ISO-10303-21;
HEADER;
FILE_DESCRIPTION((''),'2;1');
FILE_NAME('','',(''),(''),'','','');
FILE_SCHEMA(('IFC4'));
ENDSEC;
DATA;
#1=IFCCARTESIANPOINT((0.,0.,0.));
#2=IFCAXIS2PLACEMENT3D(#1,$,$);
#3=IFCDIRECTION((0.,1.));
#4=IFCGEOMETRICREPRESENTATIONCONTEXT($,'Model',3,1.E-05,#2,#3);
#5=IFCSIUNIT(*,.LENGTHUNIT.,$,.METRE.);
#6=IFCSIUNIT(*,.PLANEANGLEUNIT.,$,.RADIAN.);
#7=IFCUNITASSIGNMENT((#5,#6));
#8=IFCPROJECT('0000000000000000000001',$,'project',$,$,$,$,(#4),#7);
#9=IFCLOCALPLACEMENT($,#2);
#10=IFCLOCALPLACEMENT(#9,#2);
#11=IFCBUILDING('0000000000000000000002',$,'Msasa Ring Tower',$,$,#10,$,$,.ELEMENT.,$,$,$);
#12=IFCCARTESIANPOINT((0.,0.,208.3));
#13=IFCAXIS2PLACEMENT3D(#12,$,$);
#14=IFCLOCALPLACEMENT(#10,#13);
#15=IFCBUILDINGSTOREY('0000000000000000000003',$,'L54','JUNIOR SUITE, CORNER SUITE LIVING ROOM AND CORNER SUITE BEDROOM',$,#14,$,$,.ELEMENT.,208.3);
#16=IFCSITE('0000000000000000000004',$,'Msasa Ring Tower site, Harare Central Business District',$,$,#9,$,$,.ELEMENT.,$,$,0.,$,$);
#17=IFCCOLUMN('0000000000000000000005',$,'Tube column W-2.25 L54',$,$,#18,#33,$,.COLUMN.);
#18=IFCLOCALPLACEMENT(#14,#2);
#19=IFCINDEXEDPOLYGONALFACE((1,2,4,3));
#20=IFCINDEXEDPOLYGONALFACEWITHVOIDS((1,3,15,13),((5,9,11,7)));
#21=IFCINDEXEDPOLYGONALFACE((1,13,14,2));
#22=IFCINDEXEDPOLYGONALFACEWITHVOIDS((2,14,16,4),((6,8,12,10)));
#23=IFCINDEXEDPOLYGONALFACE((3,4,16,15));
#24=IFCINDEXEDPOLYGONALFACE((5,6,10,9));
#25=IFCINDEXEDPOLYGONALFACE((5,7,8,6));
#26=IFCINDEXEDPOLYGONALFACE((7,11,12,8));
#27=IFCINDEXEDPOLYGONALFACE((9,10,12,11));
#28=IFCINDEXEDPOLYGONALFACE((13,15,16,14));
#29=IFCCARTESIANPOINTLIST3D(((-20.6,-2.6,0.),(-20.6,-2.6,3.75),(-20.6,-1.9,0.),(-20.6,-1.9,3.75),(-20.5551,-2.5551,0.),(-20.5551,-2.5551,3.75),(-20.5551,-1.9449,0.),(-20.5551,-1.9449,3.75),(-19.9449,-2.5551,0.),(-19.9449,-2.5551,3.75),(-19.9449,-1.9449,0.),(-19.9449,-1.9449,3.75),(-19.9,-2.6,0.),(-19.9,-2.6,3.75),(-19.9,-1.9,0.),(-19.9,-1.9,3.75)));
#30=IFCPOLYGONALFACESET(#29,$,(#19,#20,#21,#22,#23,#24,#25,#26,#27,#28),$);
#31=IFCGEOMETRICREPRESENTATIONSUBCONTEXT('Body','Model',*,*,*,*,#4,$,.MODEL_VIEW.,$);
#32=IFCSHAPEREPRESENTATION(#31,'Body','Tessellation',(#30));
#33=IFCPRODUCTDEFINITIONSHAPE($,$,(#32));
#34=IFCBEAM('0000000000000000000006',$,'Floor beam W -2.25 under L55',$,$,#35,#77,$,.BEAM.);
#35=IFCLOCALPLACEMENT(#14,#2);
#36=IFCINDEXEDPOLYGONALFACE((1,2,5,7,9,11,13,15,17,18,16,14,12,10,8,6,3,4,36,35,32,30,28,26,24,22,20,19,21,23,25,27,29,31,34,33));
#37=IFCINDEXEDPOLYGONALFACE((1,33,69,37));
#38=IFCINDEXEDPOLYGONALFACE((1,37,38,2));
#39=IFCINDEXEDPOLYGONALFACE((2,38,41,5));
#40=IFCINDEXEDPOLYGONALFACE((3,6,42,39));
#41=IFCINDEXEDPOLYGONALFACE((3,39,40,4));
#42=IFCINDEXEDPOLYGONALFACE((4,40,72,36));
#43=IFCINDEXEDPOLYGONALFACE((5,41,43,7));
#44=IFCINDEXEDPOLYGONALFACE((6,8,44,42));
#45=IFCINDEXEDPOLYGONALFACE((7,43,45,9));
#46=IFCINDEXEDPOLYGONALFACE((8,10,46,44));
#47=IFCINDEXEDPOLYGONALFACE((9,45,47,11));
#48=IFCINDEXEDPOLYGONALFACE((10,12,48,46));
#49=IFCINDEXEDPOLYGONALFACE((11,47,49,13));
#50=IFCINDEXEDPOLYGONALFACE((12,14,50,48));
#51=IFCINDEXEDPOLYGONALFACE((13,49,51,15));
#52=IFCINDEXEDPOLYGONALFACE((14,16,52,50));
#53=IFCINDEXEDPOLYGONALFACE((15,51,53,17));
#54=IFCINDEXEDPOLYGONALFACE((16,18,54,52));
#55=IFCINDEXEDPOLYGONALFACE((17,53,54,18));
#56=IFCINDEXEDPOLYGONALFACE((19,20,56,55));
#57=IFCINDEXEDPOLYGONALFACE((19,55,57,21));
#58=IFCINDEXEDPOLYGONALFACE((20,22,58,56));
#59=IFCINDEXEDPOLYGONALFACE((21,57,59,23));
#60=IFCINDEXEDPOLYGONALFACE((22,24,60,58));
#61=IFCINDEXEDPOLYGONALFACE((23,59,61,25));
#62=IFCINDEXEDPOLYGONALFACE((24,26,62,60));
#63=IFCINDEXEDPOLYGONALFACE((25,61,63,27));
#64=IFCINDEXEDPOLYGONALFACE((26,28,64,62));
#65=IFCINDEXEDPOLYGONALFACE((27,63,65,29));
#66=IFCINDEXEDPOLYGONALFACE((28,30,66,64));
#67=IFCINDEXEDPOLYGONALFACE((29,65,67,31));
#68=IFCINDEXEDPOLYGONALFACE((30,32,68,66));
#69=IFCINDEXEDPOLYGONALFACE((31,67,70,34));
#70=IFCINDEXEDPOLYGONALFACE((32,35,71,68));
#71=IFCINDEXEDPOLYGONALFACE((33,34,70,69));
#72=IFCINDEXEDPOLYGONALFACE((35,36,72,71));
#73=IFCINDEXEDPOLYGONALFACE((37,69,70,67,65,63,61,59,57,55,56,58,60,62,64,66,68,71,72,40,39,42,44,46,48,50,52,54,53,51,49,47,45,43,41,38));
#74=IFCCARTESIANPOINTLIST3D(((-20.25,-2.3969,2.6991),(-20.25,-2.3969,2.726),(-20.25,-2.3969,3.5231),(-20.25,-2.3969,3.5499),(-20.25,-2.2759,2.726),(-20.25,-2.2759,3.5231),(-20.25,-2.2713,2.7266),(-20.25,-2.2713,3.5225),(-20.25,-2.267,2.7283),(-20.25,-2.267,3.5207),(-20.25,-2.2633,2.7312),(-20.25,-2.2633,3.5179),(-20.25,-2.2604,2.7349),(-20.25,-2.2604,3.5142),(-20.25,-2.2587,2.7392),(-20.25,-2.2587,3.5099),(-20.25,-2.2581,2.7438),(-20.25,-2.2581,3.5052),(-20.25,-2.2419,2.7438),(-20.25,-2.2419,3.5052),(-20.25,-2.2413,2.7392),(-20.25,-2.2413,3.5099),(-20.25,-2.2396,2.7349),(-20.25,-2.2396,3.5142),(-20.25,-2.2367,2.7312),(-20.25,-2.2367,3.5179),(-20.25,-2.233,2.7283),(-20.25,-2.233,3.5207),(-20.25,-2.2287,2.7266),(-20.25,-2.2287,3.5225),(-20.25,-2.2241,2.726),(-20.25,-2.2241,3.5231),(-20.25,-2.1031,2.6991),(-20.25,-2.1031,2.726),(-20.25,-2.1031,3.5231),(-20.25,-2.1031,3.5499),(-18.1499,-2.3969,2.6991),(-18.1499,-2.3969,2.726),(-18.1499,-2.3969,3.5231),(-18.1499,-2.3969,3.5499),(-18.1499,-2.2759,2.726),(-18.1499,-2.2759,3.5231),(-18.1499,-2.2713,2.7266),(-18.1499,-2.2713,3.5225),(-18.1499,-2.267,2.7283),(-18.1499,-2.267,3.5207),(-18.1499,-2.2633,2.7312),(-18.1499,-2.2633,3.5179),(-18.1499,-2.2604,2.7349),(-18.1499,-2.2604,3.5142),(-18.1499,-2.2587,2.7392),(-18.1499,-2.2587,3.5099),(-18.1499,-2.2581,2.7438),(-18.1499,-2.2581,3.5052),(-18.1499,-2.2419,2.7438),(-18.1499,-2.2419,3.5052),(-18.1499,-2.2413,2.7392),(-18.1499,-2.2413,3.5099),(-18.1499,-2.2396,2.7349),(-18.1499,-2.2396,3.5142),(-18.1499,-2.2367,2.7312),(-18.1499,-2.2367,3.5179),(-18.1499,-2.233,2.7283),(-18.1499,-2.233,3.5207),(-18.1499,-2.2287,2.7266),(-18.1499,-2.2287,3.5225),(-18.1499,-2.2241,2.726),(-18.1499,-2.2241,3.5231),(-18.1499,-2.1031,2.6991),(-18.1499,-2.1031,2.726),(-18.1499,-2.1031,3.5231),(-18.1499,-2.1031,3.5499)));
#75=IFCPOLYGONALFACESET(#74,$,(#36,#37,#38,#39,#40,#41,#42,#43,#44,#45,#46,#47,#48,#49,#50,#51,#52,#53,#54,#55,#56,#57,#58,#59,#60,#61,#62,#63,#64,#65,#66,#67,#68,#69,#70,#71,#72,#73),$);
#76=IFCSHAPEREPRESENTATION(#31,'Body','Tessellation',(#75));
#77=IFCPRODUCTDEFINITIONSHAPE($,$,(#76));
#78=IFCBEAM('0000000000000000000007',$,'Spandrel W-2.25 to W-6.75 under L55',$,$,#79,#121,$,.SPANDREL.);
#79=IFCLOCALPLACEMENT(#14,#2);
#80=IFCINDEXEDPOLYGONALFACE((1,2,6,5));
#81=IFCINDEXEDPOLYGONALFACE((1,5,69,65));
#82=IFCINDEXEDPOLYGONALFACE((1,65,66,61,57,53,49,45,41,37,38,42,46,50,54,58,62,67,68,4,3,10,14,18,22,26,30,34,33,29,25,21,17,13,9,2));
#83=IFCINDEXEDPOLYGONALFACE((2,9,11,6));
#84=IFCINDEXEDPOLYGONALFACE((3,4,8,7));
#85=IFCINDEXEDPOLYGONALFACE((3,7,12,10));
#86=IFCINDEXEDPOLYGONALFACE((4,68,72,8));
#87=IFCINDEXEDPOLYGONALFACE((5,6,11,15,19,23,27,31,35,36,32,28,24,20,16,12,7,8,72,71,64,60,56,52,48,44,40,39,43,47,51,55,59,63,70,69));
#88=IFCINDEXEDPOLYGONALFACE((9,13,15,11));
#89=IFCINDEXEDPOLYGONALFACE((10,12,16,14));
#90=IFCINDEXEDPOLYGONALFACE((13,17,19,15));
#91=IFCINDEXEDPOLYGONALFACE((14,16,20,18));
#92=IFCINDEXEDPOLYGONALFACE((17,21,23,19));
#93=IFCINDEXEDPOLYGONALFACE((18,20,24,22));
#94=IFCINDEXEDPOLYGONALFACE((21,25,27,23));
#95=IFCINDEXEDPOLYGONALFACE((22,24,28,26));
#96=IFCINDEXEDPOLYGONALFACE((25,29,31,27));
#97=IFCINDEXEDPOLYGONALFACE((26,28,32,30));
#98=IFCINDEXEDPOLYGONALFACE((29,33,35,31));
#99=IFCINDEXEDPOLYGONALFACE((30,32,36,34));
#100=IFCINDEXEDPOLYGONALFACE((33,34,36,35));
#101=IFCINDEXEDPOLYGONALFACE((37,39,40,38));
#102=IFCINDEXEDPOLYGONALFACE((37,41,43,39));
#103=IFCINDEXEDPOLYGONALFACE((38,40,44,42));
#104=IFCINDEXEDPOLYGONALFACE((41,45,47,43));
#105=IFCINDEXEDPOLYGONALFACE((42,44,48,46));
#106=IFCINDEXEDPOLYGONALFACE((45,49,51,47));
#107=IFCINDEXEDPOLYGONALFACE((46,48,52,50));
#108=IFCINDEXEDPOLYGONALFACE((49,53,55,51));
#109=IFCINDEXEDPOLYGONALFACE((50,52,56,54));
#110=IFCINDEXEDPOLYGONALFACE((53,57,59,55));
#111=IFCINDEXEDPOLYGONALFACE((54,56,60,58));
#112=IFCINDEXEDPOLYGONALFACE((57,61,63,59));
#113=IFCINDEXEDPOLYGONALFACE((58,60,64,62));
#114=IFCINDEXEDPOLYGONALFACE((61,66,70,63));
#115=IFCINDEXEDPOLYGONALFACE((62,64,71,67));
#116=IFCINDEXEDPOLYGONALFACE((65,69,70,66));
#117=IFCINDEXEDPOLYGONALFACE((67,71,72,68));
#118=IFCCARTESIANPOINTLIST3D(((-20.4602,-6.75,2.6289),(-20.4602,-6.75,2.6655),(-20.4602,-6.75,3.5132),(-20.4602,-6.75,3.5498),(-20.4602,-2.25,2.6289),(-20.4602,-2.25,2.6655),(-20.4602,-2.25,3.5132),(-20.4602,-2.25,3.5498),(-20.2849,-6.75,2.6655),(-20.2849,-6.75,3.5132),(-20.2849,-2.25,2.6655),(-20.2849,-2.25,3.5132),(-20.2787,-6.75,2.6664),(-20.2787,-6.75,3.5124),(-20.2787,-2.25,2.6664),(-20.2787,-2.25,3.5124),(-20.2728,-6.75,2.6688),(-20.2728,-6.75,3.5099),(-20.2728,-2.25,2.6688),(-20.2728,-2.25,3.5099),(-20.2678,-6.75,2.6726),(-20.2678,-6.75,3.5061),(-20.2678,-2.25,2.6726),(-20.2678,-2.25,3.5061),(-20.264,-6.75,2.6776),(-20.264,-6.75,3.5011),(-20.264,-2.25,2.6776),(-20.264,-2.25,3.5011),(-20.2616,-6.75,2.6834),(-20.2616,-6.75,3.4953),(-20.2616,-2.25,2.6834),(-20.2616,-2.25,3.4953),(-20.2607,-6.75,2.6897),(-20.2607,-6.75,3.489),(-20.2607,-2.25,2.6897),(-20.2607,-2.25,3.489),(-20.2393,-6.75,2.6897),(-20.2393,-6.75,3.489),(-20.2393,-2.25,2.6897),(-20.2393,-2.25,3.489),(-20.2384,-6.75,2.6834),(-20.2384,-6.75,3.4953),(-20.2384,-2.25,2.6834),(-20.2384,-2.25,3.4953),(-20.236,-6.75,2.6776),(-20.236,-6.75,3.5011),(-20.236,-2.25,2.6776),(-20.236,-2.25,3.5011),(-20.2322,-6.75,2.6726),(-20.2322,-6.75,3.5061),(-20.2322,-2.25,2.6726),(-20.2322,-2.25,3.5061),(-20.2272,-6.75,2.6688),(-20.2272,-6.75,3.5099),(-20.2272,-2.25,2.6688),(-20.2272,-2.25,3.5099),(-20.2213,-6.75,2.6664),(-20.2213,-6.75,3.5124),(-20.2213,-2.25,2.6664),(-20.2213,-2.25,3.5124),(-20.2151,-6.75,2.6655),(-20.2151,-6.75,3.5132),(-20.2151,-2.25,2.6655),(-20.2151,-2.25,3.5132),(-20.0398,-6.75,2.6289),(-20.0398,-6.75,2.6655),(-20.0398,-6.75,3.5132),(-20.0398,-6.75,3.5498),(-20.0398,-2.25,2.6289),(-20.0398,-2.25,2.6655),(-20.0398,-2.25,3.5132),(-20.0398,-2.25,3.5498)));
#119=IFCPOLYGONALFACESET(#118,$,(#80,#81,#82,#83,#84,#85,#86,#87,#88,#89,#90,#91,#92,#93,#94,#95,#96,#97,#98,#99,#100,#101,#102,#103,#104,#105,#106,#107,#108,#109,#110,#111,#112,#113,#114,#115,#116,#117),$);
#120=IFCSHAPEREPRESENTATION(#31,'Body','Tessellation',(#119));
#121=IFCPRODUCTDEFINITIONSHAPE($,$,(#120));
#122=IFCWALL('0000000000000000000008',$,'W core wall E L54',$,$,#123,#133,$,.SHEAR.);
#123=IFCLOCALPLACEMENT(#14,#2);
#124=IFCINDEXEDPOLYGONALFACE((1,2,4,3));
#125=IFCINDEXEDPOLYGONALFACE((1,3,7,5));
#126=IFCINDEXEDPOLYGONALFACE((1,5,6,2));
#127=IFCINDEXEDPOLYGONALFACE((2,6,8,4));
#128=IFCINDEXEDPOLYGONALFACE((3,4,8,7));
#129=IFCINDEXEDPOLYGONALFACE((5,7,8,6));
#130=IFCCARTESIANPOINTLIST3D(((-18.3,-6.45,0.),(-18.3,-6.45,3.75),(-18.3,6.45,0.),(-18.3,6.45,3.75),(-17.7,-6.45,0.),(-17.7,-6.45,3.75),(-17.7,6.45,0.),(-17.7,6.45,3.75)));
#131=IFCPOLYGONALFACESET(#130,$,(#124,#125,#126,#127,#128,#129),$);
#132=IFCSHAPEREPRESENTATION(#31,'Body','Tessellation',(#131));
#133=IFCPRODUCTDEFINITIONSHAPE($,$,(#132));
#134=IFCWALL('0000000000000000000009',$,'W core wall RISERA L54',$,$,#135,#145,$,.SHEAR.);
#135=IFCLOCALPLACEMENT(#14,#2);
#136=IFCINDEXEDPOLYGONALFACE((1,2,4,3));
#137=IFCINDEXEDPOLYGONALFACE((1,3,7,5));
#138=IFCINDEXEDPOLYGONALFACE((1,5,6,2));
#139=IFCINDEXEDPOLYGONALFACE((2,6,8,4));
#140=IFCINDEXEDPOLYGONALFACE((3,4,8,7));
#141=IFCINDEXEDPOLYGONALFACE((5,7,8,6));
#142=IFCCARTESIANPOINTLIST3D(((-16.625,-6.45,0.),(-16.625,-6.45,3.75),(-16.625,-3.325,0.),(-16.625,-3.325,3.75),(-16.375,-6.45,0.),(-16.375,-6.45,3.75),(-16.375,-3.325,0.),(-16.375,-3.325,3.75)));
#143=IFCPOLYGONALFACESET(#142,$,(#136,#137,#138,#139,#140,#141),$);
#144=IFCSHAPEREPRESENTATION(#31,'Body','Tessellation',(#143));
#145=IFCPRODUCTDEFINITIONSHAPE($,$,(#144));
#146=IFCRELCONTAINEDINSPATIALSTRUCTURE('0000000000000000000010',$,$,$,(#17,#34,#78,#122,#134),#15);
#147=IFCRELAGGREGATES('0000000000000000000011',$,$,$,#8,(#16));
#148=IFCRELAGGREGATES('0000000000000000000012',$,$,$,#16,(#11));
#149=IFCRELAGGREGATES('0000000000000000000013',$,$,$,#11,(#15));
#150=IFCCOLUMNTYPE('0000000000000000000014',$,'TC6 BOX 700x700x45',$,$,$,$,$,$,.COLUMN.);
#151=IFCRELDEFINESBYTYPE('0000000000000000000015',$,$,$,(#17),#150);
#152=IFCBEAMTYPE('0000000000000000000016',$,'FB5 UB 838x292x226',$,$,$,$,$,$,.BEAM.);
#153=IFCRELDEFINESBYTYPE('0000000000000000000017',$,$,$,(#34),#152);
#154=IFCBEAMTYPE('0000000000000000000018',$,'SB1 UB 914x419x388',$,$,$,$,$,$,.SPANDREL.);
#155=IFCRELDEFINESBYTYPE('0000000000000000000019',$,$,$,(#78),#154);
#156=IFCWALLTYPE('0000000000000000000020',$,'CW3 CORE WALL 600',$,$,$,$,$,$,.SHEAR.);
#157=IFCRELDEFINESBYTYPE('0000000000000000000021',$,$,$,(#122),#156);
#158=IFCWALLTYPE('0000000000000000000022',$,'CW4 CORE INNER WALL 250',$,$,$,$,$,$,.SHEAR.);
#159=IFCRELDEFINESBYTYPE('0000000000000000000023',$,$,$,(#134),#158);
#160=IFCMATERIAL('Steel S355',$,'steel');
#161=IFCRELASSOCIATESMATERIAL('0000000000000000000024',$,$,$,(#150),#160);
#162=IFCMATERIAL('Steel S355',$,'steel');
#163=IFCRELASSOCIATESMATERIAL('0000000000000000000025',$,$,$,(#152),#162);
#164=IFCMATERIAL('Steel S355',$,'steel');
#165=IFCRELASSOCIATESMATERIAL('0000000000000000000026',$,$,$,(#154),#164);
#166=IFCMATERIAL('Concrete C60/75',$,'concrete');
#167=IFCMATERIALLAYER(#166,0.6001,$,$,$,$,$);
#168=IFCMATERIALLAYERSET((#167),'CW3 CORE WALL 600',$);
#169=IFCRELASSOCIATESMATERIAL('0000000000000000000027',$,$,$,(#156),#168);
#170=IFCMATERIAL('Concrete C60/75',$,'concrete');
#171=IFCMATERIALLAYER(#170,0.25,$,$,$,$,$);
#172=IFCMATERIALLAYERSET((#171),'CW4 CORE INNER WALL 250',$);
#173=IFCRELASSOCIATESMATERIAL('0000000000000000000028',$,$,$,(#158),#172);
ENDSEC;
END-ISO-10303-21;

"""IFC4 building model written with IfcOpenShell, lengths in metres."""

from ifc_helpers import new_model, si_unit, direction, frame, frame_2d, origin, origin_2d, place, context, subcontext, project, spatial, rectangle, hollow_rectangle, i_section, extrude, material, layer, layer_set, material_profile, profile_set, type_object, element, save


model = new_model("IFC4")

# Units and contexts
model_context = context("Model", 3, precision=1e-05, world=origin(), true_north=direction((0.0, 1.0)))
body_context = subcontext(model_context, "Body", "Model", "MODEL_VIEW")
ifc_project = project(units=[si_unit("LENGTHUNIT", "METRE"), si_unit("PLANEANGLEUNIT", "RADIAN")], contexts=[model_context])

# Site, building, storey
site_placement = place(None, origin())
site = spatial("IfcSite", under=ifc_project, at=site_placement, Name="Msasa Ring Tower site, Harare Central Business District", CompositionType="ELEMENT", RefElevation=0.0)
building_placement = place(site_placement, origin())
building = spatial("IfcBuilding", under=site, at=building_placement, Name="Msasa Ring Tower", CompositionType="ELEMENT")
storey_placement = place(building_placement, frame((0.0, 0.0, 208.3)))
storey = spatial("IfcBuildingStorey", under=building, at=storey_placement, Name="L54", Description="JUNIOR SUITE, CORNER SUITE LIVING ROOM AND CORNER SUITE BEDROOM", CompositionType="ELEMENT", Elevation=208.3)

# Column
ifc_material_1 = material(Name="Steel S355", Category="steel")
ifc_material_profile_1 = material_profile(ifc_material_1, hollow_rectangle(XDim=0.7, YDim=0.7, WallThickness=0.0449, at=origin_2d()), Name="BOX 700x700x45")
ifc_profile_set_1 = profile_set([ifc_material_profile_1], Name="Steel S355")
column_type = type_object("IfcColumnType", Name="TC6 BOX 700x700x45", PredefinedType="COLUMN", material=ifc_profile_set_1)
column_placement = place(storey_placement, frame((-20.25, -2.25, 0.0), z_axis=(0.0, 0.0, 1.0), x_axis=(1.0, 0.0, 0.0)))
element("IfcColumn", 1, at=column_placement, inside=storey, type_object=column_type, Name="Tube column W-2.25 L54", PredefinedType="COLUMN", context=body_context, shape_type="SweptSolid", body=[
    extrude(hollow_rectangle(XDim=0.7, YDim=0.7, WallThickness=0.0449, at=origin_2d()), origin(), (0.0, 0.0, 1.0), 3.75),
])

# Beams
ifc_material_2 = material(Name="Steel S355", Category="steel")
ifc_material_profile_2 = material_profile(ifc_material_2, i_section(OverallWidth=0.2937, OverallDepth=0.8508, WebThickness=0.0161, FlangeThickness=0.0269, FilletRadius=0.0178, at=origin_2d()), Name="UB 838x292x226")
ifc_profile_set_2 = profile_set([ifc_material_profile_2], Name="Steel S355")
beam_type_1 = type_object("IfcBeamType", Name="FB5 UB 838x292x226", PredefinedType="BEAM", material=ifc_profile_set_2)
beam_1_placement = place(storey_placement, frame((-20.25, -2.25, 3.1245), z_axis=(1.0, 0.0, 0.0), x_axis=(0.0, 1.0, 0.0)))
element("IfcBeam", 2, at=beam_1_placement, inside=storey, type_object=beam_type_1, Name="Floor beam W -2.25 under L55", PredefinedType="BEAM", context=body_context, shape_type="SweptSolid", body=[
    extrude(i_section(OverallWidth=0.2937, OverallDepth=0.8508, WebThickness=0.0161, FlangeThickness=0.0269, FilletRadius=0.0178, at=origin_2d()), origin(), (0.0, 0.0, 1.0), 2.1001),
])
ifc_material_3 = material(Name="Steel S355", Category="steel")
ifc_material_profile_3 = material_profile(ifc_material_3, i_section(OverallWidth=0.4204, OverallDepth=0.9209, WebThickness=0.0215, FlangeThickness=0.0366, FilletRadius=0.0242, at=origin_2d()), Name="UB 914x419x388")
ifc_profile_set_3 = profile_set([ifc_material_profile_3], Name="Steel S355")
beam_type_2 = type_object("IfcBeamType", Name="SB1 UB 914x419x388", PredefinedType="SPANDREL", material=ifc_profile_set_3)
beam_2_placement = place(storey_placement, frame((-20.25, -2.25, 3.0894), z_axis=(0.0, -1.0, 0.0), x_axis=(1.0, 0.0, 0.0)))
element("IfcBeam", 3, at=beam_2_placement, inside=storey, type_object=beam_type_2, Name="Spandrel W-2.25 to W-6.75 under L55", PredefinedType="SPANDREL", context=body_context, shape_type="SweptSolid", body=[
    extrude(i_section(OverallWidth=0.4204, OverallDepth=0.9209, WebThickness=0.0215, FlangeThickness=0.0366, FilletRadius=0.0242, at=origin_2d()), origin(), (0.0, 0.0, 1.0), 4.5),
])

# Walls
ifc_material_4 = material(Name="Concrete C60/75", Category="concrete")
ifc_layer_1 = layer(ifc_material_4, 0.6001)
ifc_layer_set_1 = layer_set([ifc_layer_1], Name="CW3 CORE WALL 600")
wall_type_1 = type_object("IfcWallType", Name="CW3 CORE WALL 600", PredefinedType="SHEAR", material=ifc_layer_set_1)
wall_1_placement = place(storey_placement, frame((-18.0, -6.45, 0.0), z_axis=(0.0, 0.0, 1.0), x_axis=(0.0, 1.0, 0.0)))
element("IfcWall", 4, at=wall_1_placement, inside=storey, type_object=wall_type_1, Name="W core wall E L54", PredefinedType="SHEAR", context=body_context, shape_type="SweptSolid", body=[
    extrude(rectangle(XDim=12.8999, YDim=0.6001, at=frame_2d((6.45, 0.0))), origin(), (0.0, 0.0, 1.0), 3.75),
])
ifc_material_5 = material(Name="Concrete C60/75", Category="concrete")
ifc_layer_2 = layer(ifc_material_5, 0.25)
ifc_layer_set_2 = layer_set([ifc_layer_2], Name="CW4 CORE INNER WALL 250")
wall_type_2 = type_object("IfcWallType", Name="CW4 CORE INNER WALL 250", PredefinedType="SHEAR", material=ifc_layer_set_2)
wall_2_placement = place(storey_placement, frame((-16.5, -6.45, 0.0), z_axis=(0.0, 0.0, 1.0), x_axis=(0.0, 1.0, 0.0)))
element("IfcWall", 5, at=wall_2_placement, inside=storey, type_object=wall_type_2, Name="W core wall RISERA L54", PredefinedType="SHEAR", context=body_context, shape_type="SweptSolid", body=[
    extrude(rectangle(XDim=3.125, YDim=0.25, at=frame_2d((1.5625, 0.0))), origin(), (0.0, 0.0, 1.0), 3.75),
])

save(model, "model.ifc")
